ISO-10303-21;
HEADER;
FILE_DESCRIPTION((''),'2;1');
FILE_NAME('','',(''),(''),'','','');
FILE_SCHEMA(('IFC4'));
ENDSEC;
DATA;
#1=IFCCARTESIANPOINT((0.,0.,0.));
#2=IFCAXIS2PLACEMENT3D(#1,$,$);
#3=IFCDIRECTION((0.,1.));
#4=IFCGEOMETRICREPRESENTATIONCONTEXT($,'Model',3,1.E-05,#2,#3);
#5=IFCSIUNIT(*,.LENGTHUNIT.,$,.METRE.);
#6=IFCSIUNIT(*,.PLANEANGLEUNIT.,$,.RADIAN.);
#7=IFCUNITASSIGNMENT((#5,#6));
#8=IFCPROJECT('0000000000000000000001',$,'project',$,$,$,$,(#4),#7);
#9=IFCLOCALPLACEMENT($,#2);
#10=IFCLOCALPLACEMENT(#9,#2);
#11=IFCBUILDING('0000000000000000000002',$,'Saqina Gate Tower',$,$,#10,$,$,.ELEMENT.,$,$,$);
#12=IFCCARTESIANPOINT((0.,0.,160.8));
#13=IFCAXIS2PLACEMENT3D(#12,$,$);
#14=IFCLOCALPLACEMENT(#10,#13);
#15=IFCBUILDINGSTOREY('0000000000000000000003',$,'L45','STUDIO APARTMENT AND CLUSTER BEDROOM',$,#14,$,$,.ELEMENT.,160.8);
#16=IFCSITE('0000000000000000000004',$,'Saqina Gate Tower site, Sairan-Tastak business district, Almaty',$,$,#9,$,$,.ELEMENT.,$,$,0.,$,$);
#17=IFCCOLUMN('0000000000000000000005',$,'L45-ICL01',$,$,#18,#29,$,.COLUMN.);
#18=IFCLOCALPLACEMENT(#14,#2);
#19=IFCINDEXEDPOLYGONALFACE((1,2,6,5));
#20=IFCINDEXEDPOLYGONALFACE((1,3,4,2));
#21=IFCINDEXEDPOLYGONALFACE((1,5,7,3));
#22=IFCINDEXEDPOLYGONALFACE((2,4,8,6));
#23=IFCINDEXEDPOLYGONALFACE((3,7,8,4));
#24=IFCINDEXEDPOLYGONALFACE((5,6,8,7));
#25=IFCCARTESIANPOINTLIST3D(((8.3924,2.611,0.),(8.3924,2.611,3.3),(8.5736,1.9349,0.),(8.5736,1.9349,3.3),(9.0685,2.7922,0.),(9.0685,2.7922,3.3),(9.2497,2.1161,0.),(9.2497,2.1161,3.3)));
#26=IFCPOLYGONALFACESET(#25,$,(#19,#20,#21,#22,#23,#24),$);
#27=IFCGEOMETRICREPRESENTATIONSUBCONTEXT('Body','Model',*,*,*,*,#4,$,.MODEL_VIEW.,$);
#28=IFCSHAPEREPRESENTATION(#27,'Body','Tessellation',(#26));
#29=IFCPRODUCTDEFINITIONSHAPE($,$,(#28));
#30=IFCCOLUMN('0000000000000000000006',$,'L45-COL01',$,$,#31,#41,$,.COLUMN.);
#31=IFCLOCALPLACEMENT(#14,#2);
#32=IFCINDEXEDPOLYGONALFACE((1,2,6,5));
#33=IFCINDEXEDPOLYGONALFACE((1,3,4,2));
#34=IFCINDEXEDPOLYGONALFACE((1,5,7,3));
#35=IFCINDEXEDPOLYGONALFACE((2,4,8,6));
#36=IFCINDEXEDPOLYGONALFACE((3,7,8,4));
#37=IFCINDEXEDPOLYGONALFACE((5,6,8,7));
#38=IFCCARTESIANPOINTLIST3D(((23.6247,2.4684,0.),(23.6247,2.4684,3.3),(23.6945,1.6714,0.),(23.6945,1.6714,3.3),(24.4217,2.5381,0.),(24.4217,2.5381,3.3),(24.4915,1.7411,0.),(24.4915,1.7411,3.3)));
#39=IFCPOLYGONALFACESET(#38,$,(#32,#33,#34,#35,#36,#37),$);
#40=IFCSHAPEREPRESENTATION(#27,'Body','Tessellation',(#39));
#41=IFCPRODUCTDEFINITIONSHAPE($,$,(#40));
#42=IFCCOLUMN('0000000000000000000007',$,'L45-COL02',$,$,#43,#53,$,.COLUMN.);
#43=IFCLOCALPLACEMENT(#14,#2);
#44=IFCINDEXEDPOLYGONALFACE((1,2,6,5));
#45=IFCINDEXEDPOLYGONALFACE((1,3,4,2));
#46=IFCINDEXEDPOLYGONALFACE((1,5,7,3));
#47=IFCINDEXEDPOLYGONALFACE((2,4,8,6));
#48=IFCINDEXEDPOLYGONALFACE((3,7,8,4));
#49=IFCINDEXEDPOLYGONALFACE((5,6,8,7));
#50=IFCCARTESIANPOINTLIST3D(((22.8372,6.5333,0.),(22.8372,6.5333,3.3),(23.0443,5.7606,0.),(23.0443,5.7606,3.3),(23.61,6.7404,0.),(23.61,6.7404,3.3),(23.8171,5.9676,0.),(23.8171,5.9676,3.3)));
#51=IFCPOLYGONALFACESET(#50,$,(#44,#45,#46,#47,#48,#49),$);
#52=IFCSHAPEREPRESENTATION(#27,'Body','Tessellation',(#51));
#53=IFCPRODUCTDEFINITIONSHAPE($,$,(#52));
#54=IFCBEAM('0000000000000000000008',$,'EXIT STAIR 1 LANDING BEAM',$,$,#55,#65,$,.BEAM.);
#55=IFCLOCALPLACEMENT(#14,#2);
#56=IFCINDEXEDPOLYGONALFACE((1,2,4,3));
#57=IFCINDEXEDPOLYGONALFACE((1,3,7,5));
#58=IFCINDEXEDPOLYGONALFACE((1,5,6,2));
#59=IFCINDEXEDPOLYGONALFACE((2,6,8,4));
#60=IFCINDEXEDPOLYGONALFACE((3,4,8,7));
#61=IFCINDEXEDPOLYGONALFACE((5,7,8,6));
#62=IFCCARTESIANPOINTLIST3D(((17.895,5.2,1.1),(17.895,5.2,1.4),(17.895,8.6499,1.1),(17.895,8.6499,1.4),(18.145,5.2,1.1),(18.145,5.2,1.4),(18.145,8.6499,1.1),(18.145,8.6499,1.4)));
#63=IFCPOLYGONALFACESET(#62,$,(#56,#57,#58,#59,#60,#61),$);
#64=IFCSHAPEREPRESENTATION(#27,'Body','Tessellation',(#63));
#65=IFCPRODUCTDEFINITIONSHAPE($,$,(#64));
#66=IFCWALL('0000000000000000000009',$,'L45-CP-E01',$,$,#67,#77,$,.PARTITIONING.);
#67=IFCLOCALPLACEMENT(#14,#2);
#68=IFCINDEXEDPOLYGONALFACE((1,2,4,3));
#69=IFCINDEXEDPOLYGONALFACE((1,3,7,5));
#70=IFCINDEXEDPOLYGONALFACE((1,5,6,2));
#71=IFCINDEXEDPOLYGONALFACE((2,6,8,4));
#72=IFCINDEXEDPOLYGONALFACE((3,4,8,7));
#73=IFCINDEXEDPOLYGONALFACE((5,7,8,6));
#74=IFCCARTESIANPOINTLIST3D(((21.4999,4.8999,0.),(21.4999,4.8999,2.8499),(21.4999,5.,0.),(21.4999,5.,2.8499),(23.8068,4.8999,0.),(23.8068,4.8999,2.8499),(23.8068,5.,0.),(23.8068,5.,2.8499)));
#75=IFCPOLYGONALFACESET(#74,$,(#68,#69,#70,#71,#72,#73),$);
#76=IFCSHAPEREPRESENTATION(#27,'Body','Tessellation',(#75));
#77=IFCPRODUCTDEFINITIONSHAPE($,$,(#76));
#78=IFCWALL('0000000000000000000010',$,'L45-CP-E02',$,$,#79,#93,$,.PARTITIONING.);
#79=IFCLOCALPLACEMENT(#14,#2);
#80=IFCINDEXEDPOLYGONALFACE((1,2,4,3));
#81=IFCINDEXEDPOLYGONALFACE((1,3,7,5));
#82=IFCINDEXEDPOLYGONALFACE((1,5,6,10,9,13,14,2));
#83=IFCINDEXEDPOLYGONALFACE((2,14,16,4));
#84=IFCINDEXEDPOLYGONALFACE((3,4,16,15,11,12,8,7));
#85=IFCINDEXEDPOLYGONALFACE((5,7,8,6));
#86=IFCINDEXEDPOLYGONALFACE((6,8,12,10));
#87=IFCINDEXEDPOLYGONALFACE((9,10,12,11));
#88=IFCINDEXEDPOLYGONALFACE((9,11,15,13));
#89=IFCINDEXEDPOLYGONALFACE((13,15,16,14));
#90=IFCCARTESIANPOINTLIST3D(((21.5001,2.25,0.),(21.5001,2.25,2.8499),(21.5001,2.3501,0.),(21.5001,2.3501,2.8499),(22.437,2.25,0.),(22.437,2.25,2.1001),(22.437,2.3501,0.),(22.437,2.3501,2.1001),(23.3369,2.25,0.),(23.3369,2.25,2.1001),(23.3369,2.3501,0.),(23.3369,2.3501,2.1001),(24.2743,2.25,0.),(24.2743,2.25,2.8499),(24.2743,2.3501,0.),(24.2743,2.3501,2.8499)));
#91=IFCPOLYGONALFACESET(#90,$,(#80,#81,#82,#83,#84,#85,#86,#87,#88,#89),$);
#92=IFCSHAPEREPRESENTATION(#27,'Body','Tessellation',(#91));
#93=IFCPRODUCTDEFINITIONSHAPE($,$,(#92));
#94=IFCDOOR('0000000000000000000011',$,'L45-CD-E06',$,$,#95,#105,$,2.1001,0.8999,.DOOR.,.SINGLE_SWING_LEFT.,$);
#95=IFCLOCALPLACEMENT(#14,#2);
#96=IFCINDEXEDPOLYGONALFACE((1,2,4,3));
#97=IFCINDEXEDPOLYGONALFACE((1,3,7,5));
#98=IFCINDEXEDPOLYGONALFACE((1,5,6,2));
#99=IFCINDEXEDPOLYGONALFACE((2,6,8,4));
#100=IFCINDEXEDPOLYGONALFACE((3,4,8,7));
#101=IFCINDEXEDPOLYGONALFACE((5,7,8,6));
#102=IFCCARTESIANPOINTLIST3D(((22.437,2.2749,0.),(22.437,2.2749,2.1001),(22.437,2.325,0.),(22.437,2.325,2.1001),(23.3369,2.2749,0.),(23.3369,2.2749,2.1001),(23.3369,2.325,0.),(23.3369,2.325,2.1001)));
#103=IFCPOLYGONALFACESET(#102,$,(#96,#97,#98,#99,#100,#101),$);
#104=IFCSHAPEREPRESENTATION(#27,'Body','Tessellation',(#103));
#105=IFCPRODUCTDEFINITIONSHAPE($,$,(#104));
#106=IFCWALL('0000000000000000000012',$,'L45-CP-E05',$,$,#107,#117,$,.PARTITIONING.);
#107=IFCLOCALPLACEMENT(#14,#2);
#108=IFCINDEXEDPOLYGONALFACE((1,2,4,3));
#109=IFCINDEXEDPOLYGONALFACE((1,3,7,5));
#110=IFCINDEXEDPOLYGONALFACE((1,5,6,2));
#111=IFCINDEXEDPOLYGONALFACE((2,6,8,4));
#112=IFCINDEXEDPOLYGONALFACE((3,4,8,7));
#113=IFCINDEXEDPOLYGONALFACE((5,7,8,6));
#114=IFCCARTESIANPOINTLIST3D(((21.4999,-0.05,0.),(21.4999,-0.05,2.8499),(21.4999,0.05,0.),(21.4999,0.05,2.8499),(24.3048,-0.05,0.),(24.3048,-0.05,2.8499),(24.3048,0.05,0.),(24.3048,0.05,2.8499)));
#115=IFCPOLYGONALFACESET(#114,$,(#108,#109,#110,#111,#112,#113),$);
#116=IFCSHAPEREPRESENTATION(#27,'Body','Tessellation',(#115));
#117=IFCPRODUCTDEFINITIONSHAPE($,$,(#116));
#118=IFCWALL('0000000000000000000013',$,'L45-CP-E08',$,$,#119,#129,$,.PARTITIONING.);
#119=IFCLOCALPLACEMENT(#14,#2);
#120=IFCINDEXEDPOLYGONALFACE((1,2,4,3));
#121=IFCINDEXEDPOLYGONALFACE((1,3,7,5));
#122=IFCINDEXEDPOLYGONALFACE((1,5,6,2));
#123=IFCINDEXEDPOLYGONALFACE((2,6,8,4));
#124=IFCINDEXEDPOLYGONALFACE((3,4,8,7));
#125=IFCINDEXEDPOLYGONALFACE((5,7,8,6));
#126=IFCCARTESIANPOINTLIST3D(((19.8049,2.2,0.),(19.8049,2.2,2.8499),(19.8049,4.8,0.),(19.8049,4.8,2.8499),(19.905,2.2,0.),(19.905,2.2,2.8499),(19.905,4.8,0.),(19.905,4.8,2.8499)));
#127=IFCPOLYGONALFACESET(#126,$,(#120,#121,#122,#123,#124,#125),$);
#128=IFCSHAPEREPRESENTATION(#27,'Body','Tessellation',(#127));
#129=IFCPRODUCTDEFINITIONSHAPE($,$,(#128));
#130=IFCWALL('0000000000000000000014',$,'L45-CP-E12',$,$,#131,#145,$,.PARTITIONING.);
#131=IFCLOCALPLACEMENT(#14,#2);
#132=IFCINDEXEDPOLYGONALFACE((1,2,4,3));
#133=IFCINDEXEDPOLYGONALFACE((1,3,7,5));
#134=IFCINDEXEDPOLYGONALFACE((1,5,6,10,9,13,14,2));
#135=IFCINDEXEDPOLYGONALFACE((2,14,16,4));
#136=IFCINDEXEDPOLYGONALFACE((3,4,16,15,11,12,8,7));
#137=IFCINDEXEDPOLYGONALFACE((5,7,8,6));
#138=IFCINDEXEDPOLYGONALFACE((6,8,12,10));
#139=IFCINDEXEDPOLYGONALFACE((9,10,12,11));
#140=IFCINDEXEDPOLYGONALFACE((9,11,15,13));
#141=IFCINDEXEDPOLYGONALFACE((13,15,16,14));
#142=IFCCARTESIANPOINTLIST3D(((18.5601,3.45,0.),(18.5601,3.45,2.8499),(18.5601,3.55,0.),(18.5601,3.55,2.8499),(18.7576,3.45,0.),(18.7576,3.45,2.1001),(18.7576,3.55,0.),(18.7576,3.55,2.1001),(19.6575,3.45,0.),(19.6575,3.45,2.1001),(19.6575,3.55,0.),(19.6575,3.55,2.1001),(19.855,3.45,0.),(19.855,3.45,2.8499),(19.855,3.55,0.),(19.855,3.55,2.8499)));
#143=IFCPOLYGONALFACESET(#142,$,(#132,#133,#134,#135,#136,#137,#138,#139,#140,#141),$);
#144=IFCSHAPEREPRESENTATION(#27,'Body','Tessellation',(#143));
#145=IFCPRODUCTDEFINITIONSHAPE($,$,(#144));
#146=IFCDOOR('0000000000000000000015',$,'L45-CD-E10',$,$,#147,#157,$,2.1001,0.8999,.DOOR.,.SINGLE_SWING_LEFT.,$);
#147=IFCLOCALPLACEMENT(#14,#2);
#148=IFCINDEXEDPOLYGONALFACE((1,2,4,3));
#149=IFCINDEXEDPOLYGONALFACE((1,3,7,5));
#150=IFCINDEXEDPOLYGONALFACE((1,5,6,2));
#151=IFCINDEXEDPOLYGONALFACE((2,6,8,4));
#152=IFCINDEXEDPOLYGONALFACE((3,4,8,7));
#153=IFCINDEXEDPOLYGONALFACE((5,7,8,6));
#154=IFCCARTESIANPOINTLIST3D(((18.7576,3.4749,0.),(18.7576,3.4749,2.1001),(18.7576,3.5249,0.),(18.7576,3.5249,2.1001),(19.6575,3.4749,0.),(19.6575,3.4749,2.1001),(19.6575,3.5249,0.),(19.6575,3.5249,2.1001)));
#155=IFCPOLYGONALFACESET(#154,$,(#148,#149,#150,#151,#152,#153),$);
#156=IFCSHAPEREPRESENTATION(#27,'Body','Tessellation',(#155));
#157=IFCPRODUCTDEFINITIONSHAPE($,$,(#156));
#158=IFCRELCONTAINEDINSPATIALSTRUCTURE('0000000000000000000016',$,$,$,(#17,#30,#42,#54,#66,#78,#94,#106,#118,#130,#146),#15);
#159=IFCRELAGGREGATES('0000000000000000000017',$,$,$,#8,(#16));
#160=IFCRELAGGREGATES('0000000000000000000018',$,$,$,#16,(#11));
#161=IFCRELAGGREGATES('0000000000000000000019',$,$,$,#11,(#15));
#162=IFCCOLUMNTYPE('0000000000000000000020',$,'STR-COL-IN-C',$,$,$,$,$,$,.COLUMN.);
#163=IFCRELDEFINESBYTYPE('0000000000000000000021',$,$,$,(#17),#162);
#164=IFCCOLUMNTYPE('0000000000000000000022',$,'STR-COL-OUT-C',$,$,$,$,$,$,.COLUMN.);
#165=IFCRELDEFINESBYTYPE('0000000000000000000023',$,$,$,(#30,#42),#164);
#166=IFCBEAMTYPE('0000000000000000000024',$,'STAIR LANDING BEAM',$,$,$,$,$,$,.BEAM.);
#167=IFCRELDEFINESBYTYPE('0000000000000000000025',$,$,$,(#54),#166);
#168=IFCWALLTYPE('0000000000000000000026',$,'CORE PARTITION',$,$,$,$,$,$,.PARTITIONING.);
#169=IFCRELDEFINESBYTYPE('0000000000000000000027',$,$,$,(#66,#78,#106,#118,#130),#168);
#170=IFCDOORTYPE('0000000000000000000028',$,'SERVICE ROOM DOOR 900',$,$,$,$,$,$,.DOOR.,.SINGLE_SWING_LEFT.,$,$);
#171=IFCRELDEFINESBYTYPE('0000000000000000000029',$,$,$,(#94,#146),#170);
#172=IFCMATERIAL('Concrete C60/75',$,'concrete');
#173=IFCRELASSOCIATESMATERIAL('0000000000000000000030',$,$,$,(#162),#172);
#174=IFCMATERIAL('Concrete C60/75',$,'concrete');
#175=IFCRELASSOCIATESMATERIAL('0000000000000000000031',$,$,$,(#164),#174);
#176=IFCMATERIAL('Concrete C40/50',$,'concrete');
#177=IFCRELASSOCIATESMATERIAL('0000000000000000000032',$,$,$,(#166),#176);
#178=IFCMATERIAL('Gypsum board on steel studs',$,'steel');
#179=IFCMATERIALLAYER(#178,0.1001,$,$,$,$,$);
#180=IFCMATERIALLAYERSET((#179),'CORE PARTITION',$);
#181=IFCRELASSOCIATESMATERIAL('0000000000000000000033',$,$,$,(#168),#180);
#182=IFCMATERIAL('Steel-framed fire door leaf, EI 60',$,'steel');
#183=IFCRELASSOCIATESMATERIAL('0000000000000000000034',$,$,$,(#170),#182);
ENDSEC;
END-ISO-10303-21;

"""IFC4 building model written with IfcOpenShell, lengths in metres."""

from ifc_helpers import new_model, si_unit, direction, frame, frame_2d, origin, origin_2d, place, context, subcontext, project, spatial, rectangle, extrude, material, layer, layer_set, material_profile, profile_set, type_object, element, fill, save


model = new_model("IFC4")

# Units and contexts
model_context = context("Model", 3, precision=1e-05, world=origin(), true_north=direction((0.0, 1.0)))
body_context = subcontext(model_context, "Body", "Model", "MODEL_VIEW")
ifc_project = project(units=[si_unit("LENGTHUNIT", "METRE"), si_unit("PLANEANGLEUNIT", "RADIAN")], contexts=[model_context])

# Site, building, storey
site_placement = place(None, origin())
site = spatial("IfcSite", under=ifc_project, at=site_placement, Name="Saqina Gate Tower site, Sairan-Tastak business district, Almaty", CompositionType="ELEMENT", RefElevation=0.0)
building_placement = place(site_placement, origin())
building = spatial("IfcBuilding", under=site, at=building_placement, Name="Saqina Gate Tower", CompositionType="ELEMENT")
storey_placement = place(building_placement, frame((0.0, 0.0, 160.8)))
storey = spatial("IfcBuildingStorey", under=building, at=storey_placement, Name="L45", Description="STUDIO APARTMENT AND CLUSTER BEDROOM", CompositionType="ELEMENT", Elevation=160.8)

# Columns
ifc_material_1 = material(Name="Concrete C60/75", Category="concrete")
ifc_material_profile_1 = material_profile(ifc_material_1, rectangle(XDim=0.7, YDim=0.7, at=origin_2d()), Name="RC 700x700")
ifc_profile_set_1 = profile_set([ifc_material_profile_1], Name="Concrete C60/75")
column_type_1 = type_object("IfcColumnType", Name="STR-COL-IN-C", PredefinedType="COLUMN", material=ifc_profile_set_1)
column_placement = place(storey_placement, frame((8.821, 2.3635, 0.0), z_axis=(0.0, 0.0, 1.0), x_axis=(0.965926, 0.258819, 0.0)))
element("IfcColumn", 1, at=column_placement, inside=storey, type_object=column_type_1, Name="L45-ICL01", PredefinedType="COLUMN", context=body_context, shape_type="SweptSolid", body=[
    extrude(rectangle(XDim=0.7, YDim=0.7, at=origin_2d()), origin(), (0.0, 0.0, 1.0), 3.3),
])
ifc_material_2 = material(Name="Concrete C60/75", Category="concrete")
ifc_material_profile_2 = material_profile(ifc_material_2, rectangle(XDim=0.8, YDim=0.8, at=origin_2d()), Name="RC 800x800")
ifc_profile_set_2 = profile_set([ifc_material_profile_2], Name="Concrete C60/75")
column_type_2 = type_object("IfcColumnType", Name="STR-COL-OUT-C", PredefinedType="COLUMN", material=ifc_profile_set_2)
for number, where, z_axis, x_axis, name in (
    (2, (24.0581, 2.1047, 0.0), (0.0, 0.0, 1.0), (0.996195, 0.087156, 0.0), "L45-COL01"),
    (3, (23.3271, 6.2505, 0.0), (0.0, 0.0, 1.0), (0.965926, 0.258819, 0.0), "L45-COL02"),
):
    element("IfcColumn", number, at=place(storey_placement, frame(where, z_axis=z_axis, x_axis=x_axis)), inside=storey, type_object=column_type_2, Name=name, PredefinedType="COLUMN", context=body_context, shape_type="SweptSolid", body=[
        extrude(rectangle(XDim=0.8, YDim=0.8, at=origin_2d()), origin(), (0.0, 0.0, 1.0), 3.3),
    ])

# Beam
ifc_material_3 = material(Name="Concrete C40/50", Category="concrete")
ifc_material_profile_3 = material_profile(ifc_material_3, rectangle(XDim=0.25, YDim=0.3, at=origin_2d()), Name="STAIR LANDING BEAM")
ifc_profile_set_3 = profile_set([ifc_material_profile_3], Name="Concrete C40/50")
beam_type = type_object("IfcBeamType", Name="STAIR LANDING BEAM", PredefinedType="BEAM", material=ifc_profile_set_3)
beam_placement = place(storey_placement, frame((18.02, 5.2, 1.25), z_axis=(0.0, 1.0, 0.0), x_axis=(-1.0, 0.0, 0.0)))
element("IfcBeam", 4, at=beam_placement, inside=storey, type_object=beam_type, Name="EXIT STAIR 1 LANDING BEAM", PredefinedType="BEAM", context=body_context, shape_type="SweptSolid", body=[
    extrude(rectangle(XDim=0.25, YDim=0.3, at=origin_2d()), origin(), (0.0, 0.0, 1.0), 3.45),
])

# Wall
ifc_material_4 = material(Name="Gypsum board on steel studs", Category="steel")
ifc_layer_1 = layer(ifc_material_4, 0.1001)
ifc_layer_set_1 = layer_set([ifc_layer_1], Name="CORE PARTITION")
wall_type_1 = type_object("IfcWallType", Name="CORE PARTITION", PredefinedType="PARTITIONING", material=ifc_layer_set_1)
wall_1_placement = place(storey_placement, frame((21.5, 4.95, 0.0), z_axis=(0.0, 0.0, 1.0), x_axis=(1.0, 0.0, 0.0)))
element("IfcWall", 5, at=wall_1_placement, inside=storey, type_object=wall_type_1, Name="L45-CP-E01", PredefinedType="PARTITIONING", context=body_context, shape_type="SweptSolid", body=[
    extrude(rectangle(XDim=2.3069, YDim=0.1001, at=frame_2d((1.1533, 0.0))), origin(), (0.0, 0.0, 1.0), 2.8499),
])

# Wall, opening, door
wall_2_placement = place(storey_placement, frame((21.5, 2.3, 0.0), z_axis=(0.0, 0.0, 1.0), x_axis=(1.0, 0.0, 0.0)))
wall_2 = element("IfcWall", 6, at=wall_2_placement, inside=storey, type_object=wall_type_1, Name="L45-CP-E02", PredefinedType="PARTITIONING", context=body_context, shape_type="SweptSolid", body=[
    extrude(rectangle(XDim=2.7742, YDim=0.1001, at=frame_2d((1.3872, 0.0))), origin(), (0.0, 0.0, 1.0), 2.8499),
])
opening_1_placement = place(wall_2_placement, frame((0.937, 0.0, 0.0)))
opening_1 = element("IfcOpeningElement", 7, at=opening_1_placement, cuts=wall_2, PredefinedType="OPENING", context=body_context, shape_type="SweptSolid", body=[
    extrude(rectangle(XDim=0.8999, YDim=2.1001, at=frame_2d((0.45, 1.05))), frame((0.0, 0.062, 0.0), z_axis=(0.0, -1.0, 0.0), x_axis=(1.0, 0.0, 0.0)), (0.0, 0.0, 1.0), 0.124),
])
ifc_material_5 = material(Name="Steel-framed fire door leaf, EI 60", Category="steel")
door_type_1 = type_object("IfcDoorType", Name="SERVICE ROOM DOOR 900", OperationType="SINGLE_SWING_LEFT", PredefinedType="DOOR", material=ifc_material_5)
door_1_placement = place(opening_1_placement, origin())
door_1 = element("IfcDoor", 8, at=door_1_placement, inside=storey, type_object=door_type_1, Name="L45-CD-E06", OperationType="SINGLE_SWING_LEFT", OverallHeight=2.1001, OverallWidth=0.8999, PredefinedType="DOOR", context=body_context, shape_type="SweptSolid", body=[
    extrude(rectangle(XDim=0.8999, YDim=2.1001, at=frame_2d((0.45, 1.05))), frame((0.0, 0.0249, 0.0), z_axis=(0.0, -1.0, 0.0), x_axis=(1.0, 0.0, 0.0)), (0.0, 0.0, 1.0), 0.05),
])
fill(opening_1, door_1)

# Walls
wall_3_placement = place(storey_placement, frame((21.5, 0.0, 0.0), z_axis=(0.0, 0.0, 1.0), x_axis=(1.0, 0.0, 0.0)))
element("IfcWall", 9, at=wall_3_placement, inside=storey, type_object=wall_type_1, Name="L45-CP-E05", PredefinedType="PARTITIONING", context=body_context, shape_type="SweptSolid", body=[
    extrude(rectangle(XDim=2.8049, YDim=0.1001, at=frame_2d((1.4023, 0.0))), origin(), (0.0, 0.0, 1.0), 2.8499),
])
wall_4_placement = place(storey_placement, frame((19.855, 2.2, 0.0), z_axis=(0.0, 0.0, 1.0), x_axis=(0.0, 1.0, 0.0)))
element("IfcWall", 10, at=wall_4_placement, inside=storey, type_object=wall_type_1, Name="L45-CP-E08", PredefinedType="PARTITIONING", context=body_context, shape_type="SweptSolid", body=[
    extrude(rectangle(XDim=2.6001, YDim=0.1001, at=frame_2d((1.3, 0.0))), origin(), (0.0, 0.0, 1.0), 2.8499),
])

# Wall, opening, door
wall_5_placement = place(storey_placement, frame((18.5601, 3.5, 0.0), z_axis=(0.0, 0.0, 1.0), x_axis=(1.0, 0.0, 0.0)))
wall_5 = element("IfcWall", 11, at=wall_5_placement, inside=storey, type_object=wall_type_1, Name="L45-CP-E12", PredefinedType="PARTITIONING", context=body_context, shape_type="SweptSolid", body=[
    extrude(rectangle(XDim=1.2949, YDim=0.1001, at=frame_2d((0.6475, 0.0))), origin(), (0.0, 0.0, 1.0), 2.8499),
])
opening_2_placement = place(wall_5_placement, frame((0.1975, 0.0, 0.0)))
opening_2 = element("IfcOpeningElement", 12, at=opening_2_placement, cuts=wall_5, PredefinedType="OPENING", context=body_context, shape_type="SweptSolid", body=[
    extrude(rectangle(XDim=0.8999, YDim=2.1001, at=frame_2d((0.45, 1.05))), frame((0.0, 0.062, 0.0), z_axis=(0.0, -1.0, 0.0), x_axis=(1.0, 0.0, 0.0)), (0.0, 0.0, 1.0), 0.124),
])
door_2_placement = place(opening_2_placement, origin())
door_2 = element("IfcDoor", 13, at=door_2_placement, inside=storey, type_object=door_type_1, Name="L45-CD-E10", OperationType="SINGLE_SWING_LEFT", OverallHeight=2.1001, OverallWidth=0.8999, PredefinedType="DOOR", context=body_context, shape_type="SweptSolid", body=[
    extrude(rectangle(XDim=0.8999, YDim=2.1001, at=frame_2d((0.45, 1.05))), frame((0.0, 0.0249, 0.0), z_axis=(0.0, -1.0, 0.0), x_axis=(1.0, 0.0, 0.0)), (0.0, 0.0, 1.0), 0.05),
])
fill(opening_2, door_2)

save(model, "model.ifc")
